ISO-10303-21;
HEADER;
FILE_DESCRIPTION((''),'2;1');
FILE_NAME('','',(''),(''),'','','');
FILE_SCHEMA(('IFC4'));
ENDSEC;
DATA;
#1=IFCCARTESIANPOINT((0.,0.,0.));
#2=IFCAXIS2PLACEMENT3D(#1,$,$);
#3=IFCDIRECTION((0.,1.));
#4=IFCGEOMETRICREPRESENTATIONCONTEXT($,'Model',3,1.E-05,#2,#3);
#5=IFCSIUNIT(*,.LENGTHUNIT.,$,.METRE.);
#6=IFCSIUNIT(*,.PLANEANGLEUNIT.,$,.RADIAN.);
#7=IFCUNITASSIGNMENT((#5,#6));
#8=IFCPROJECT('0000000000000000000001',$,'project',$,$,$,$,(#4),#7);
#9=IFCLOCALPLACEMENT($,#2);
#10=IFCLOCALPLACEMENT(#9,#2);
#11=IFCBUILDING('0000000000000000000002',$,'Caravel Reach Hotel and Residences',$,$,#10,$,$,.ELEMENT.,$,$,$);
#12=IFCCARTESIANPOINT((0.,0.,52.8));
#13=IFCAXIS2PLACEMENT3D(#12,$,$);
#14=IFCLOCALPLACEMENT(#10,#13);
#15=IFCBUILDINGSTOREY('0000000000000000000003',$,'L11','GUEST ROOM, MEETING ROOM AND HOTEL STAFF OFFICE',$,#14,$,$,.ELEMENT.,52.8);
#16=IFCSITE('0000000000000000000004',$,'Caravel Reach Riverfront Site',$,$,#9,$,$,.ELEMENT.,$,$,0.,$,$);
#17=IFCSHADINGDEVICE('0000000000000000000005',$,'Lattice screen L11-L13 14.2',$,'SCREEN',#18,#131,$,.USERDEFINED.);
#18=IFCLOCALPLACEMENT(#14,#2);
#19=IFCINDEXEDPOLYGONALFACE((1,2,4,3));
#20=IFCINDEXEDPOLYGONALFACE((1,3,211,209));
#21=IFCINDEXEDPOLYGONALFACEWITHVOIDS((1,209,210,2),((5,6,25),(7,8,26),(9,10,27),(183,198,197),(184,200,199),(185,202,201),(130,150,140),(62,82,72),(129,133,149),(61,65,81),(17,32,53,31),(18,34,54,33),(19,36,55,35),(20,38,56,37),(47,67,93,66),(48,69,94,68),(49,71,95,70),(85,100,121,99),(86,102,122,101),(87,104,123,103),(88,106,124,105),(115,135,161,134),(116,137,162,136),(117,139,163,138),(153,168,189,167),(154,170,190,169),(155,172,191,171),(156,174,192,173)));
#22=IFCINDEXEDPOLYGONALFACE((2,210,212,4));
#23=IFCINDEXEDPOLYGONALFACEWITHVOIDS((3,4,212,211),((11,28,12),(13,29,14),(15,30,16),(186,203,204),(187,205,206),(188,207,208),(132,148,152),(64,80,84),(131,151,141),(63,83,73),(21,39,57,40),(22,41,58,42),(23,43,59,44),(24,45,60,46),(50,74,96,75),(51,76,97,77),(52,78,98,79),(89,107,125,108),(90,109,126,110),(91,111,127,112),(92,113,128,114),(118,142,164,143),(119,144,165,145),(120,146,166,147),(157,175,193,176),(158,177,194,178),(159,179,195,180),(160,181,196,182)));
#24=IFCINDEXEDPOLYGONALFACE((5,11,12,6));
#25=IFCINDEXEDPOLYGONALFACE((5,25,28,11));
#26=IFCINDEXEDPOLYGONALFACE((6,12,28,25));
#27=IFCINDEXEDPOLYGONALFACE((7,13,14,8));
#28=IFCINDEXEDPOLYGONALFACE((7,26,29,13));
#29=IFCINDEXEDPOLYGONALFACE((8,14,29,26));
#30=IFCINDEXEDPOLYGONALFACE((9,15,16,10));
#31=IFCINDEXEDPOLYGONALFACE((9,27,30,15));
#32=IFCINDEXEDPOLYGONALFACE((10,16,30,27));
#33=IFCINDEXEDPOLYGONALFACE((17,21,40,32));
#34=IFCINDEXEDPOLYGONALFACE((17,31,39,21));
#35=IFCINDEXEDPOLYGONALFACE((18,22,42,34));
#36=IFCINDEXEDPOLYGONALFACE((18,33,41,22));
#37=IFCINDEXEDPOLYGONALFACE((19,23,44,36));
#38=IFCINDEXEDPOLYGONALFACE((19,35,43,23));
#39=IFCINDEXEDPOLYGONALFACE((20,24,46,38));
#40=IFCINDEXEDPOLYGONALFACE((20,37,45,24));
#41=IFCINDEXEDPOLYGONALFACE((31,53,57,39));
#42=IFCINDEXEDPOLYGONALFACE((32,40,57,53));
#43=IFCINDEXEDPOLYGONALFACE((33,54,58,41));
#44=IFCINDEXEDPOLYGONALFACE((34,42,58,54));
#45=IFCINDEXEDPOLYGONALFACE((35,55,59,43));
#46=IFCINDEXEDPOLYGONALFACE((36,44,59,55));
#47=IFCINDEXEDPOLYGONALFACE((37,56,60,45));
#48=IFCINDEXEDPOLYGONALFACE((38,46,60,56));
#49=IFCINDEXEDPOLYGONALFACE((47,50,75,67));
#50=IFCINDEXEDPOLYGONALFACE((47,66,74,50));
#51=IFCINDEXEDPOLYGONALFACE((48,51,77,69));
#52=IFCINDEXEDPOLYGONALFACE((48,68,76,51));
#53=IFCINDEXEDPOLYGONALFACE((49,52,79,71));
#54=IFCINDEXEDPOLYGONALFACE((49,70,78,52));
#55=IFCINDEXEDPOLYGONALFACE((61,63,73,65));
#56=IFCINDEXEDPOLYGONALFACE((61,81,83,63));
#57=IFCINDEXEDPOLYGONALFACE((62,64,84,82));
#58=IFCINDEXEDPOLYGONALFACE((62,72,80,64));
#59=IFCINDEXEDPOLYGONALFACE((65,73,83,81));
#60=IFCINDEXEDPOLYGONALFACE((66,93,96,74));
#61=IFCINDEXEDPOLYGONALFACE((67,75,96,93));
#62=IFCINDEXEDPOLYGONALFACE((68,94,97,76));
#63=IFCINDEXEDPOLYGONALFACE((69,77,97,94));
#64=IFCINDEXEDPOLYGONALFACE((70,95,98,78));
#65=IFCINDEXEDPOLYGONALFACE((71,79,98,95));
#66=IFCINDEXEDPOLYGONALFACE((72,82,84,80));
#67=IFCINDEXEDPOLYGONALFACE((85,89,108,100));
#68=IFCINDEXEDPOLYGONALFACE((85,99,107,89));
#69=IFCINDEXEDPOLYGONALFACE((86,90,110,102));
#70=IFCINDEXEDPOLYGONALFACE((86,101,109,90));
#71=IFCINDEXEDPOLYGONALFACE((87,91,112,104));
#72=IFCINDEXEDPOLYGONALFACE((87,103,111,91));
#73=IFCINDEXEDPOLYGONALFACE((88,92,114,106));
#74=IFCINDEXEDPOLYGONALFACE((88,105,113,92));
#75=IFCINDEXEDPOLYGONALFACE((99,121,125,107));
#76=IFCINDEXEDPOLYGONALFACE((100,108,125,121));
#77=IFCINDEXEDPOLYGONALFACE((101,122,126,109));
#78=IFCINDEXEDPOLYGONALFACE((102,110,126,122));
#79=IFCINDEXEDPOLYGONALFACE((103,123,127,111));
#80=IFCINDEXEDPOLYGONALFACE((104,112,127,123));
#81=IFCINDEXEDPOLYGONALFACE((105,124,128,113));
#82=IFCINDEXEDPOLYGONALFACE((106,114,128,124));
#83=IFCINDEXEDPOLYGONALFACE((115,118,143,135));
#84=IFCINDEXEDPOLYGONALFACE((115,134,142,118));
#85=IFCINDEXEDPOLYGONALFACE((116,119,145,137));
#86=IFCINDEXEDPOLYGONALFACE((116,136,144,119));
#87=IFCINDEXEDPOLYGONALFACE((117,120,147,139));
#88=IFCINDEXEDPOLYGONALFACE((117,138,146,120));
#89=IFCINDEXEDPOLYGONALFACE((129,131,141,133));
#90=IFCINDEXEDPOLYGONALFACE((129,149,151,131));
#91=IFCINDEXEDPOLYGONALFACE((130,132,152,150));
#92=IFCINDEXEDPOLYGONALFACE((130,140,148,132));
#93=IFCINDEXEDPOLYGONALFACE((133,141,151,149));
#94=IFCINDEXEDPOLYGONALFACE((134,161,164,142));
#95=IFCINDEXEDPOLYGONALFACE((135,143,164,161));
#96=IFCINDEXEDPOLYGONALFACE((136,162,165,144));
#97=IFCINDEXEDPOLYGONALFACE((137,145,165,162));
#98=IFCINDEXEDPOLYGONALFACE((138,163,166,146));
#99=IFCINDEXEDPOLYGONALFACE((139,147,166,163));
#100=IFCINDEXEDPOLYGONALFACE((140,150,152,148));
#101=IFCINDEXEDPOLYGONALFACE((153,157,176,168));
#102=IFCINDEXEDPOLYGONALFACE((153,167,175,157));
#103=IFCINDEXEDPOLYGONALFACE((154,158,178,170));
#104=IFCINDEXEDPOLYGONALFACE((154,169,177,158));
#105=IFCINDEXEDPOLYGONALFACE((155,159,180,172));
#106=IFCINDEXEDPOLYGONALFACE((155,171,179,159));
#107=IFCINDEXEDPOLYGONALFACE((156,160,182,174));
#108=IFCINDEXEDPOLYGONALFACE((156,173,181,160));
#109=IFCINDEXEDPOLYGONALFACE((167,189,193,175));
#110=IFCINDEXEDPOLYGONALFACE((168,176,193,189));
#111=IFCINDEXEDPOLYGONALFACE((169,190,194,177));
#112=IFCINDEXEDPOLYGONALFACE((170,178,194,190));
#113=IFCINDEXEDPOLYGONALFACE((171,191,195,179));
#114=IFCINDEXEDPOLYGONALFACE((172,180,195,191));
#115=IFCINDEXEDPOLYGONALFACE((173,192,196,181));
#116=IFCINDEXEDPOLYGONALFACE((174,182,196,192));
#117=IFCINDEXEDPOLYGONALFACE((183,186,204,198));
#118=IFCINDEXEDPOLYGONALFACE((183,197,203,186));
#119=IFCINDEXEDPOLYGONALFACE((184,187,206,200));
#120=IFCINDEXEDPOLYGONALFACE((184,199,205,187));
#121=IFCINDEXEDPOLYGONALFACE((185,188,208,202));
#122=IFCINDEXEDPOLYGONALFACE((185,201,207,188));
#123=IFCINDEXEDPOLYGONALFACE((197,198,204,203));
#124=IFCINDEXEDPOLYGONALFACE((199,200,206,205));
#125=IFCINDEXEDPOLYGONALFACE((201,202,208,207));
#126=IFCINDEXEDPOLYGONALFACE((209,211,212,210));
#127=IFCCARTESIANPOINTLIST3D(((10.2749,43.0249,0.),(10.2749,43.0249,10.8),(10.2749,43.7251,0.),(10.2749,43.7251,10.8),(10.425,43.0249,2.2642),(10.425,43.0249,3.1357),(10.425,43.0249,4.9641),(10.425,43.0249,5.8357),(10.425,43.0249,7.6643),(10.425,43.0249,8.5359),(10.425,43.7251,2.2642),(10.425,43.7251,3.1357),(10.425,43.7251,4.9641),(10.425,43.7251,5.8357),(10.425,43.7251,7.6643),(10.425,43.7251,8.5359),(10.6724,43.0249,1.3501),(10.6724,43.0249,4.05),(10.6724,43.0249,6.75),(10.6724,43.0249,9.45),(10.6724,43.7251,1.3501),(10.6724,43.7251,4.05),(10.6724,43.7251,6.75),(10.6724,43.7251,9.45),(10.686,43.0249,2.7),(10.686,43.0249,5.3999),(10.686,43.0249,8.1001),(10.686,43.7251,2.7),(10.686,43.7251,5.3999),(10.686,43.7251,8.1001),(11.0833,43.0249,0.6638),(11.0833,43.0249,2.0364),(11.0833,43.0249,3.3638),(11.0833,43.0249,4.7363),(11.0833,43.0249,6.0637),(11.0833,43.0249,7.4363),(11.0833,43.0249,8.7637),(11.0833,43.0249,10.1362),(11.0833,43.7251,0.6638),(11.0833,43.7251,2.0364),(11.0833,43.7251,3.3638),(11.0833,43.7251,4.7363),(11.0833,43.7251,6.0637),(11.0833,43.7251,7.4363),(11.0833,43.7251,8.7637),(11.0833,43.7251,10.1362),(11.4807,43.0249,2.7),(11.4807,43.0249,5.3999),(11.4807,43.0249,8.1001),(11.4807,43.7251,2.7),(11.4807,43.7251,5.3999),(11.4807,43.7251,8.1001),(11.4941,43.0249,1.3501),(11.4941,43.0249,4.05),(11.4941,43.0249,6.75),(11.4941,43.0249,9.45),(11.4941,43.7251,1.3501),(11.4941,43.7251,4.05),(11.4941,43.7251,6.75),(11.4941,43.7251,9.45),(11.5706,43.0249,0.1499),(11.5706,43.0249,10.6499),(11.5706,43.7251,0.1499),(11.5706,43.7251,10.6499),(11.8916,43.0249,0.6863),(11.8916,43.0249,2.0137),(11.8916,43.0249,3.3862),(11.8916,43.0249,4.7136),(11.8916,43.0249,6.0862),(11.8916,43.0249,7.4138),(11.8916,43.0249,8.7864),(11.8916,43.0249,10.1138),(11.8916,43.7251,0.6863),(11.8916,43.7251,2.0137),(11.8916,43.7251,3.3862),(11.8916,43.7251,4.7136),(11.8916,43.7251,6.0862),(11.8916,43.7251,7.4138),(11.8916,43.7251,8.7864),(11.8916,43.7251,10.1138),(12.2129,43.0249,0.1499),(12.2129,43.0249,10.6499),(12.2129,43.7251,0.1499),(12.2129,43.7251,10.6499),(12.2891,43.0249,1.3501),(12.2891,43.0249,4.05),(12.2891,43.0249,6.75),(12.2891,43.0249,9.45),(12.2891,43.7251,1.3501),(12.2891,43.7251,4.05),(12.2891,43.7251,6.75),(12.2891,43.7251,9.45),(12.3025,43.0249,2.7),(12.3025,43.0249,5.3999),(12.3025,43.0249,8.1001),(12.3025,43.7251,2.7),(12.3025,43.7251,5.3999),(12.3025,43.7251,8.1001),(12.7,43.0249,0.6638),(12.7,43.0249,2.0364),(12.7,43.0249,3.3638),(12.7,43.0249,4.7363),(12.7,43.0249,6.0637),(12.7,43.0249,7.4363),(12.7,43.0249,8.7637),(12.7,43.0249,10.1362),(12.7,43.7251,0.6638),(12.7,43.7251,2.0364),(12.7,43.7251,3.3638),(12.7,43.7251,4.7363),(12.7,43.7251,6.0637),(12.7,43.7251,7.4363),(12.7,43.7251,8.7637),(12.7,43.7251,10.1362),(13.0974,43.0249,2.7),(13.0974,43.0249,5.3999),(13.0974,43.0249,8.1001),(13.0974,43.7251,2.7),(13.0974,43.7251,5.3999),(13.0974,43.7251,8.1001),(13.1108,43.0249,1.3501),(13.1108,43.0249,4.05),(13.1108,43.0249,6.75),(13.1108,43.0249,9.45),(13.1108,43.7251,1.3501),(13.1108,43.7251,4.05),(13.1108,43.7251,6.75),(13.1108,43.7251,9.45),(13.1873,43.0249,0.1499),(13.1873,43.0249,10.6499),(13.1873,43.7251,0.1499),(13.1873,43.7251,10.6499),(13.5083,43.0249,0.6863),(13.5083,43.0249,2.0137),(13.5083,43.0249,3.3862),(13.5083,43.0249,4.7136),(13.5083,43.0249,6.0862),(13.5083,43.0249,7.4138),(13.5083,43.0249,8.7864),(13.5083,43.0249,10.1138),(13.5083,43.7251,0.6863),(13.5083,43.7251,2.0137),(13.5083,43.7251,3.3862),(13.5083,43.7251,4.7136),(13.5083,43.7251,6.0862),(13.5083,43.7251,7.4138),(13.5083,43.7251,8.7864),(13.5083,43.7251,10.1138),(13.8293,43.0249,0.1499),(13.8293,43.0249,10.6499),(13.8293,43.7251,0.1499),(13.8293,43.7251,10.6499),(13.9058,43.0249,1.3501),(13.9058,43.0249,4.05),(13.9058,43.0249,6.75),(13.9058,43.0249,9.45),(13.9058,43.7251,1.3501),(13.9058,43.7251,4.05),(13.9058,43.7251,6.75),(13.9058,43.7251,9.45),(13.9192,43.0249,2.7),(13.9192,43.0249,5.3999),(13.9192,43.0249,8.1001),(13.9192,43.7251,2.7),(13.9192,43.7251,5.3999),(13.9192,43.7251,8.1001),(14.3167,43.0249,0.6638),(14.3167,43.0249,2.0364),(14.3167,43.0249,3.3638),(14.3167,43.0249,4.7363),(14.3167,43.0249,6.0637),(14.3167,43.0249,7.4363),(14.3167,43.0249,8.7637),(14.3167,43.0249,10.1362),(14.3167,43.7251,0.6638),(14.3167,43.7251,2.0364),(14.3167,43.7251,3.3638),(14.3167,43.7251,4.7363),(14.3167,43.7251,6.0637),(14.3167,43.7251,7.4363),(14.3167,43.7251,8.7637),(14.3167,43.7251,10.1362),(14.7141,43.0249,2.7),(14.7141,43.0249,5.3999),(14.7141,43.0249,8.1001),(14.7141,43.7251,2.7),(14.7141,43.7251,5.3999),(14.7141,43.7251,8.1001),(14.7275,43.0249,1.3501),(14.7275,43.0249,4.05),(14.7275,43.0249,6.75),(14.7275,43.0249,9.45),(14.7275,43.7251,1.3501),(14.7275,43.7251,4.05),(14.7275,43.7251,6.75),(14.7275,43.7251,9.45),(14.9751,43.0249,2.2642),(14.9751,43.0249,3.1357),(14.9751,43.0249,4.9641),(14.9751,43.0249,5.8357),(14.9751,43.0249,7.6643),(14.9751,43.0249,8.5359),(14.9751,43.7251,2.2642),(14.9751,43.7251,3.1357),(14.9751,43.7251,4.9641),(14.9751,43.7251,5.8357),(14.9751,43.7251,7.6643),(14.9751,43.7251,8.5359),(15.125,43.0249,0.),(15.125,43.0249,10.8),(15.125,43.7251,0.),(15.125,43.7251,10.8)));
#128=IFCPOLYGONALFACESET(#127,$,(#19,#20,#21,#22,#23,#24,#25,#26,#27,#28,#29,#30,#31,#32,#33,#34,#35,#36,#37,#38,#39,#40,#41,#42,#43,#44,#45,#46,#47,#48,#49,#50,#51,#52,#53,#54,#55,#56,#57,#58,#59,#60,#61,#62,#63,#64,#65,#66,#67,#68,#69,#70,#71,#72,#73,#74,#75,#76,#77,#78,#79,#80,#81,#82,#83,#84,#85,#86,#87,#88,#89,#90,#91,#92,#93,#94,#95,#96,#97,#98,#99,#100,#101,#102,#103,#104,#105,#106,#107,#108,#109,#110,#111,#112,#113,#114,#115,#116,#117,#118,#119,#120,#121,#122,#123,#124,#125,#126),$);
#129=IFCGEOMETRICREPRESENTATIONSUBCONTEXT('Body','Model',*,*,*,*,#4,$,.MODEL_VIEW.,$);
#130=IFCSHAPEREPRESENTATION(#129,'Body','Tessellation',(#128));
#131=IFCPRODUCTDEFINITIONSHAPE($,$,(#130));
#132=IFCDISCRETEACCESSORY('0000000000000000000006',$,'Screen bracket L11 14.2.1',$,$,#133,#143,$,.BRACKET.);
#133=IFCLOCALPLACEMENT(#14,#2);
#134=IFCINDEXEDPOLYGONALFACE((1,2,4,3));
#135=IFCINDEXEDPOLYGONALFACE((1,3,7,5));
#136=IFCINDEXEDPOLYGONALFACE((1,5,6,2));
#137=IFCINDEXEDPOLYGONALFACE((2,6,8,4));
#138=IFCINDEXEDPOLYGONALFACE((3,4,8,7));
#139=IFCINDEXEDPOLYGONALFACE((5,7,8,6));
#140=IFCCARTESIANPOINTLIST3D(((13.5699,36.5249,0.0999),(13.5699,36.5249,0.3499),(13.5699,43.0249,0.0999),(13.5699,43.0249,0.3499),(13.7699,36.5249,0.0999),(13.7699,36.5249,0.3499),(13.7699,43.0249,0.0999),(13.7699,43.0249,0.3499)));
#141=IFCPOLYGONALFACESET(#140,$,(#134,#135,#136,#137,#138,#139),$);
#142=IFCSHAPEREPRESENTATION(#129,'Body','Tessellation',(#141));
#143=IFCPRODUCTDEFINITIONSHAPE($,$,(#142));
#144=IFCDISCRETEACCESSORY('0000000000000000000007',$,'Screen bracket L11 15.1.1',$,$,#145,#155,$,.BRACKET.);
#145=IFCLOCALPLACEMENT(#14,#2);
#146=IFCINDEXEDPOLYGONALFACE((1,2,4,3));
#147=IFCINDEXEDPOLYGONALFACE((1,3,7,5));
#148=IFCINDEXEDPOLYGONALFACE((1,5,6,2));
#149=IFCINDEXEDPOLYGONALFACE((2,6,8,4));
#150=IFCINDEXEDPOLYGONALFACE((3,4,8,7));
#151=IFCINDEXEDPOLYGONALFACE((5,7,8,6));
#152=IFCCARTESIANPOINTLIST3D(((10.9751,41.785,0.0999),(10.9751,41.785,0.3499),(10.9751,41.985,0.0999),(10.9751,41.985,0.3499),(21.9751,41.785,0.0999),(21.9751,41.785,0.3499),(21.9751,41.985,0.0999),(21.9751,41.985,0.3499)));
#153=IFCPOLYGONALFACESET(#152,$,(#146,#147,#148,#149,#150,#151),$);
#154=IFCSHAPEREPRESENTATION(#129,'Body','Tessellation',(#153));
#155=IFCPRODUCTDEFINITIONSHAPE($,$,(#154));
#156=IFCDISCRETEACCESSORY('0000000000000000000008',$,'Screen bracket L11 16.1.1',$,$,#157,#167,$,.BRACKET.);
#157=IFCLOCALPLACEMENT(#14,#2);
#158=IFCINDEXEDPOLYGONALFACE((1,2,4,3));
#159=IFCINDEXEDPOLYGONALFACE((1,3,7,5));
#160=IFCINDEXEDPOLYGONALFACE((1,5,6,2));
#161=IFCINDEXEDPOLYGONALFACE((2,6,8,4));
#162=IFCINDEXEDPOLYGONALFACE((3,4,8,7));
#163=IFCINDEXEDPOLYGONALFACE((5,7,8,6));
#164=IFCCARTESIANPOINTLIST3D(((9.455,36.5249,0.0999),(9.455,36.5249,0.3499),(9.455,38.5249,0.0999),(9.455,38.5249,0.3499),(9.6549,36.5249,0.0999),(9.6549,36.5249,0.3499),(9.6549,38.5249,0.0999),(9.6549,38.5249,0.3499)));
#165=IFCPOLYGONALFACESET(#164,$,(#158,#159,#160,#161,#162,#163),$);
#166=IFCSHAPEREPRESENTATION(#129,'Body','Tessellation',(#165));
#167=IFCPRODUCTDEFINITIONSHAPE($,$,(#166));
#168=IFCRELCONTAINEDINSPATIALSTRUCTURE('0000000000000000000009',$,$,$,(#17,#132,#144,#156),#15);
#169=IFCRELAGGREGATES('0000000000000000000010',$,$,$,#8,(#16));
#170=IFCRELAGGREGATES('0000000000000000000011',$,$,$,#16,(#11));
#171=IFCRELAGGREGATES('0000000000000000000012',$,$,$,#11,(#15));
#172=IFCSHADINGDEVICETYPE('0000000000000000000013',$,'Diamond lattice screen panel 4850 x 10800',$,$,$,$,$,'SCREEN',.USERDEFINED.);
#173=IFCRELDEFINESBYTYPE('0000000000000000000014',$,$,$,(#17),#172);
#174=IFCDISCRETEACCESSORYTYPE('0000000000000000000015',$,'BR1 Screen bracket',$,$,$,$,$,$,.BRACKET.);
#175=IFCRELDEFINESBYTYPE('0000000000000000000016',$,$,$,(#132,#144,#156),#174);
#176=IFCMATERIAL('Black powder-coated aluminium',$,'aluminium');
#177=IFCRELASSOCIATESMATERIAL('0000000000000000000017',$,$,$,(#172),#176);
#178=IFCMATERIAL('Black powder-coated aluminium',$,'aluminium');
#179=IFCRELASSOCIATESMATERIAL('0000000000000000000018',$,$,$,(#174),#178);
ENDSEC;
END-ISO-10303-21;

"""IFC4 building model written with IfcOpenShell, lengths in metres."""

from ifc_helpers import new_model, si_unit, direction, frame, origin, origin_2d, place, context, subcontext, project, spatial, polyline, rectangle, outline, extrude, material, type_object, element, save


model = new_model("IFC4")

# Units and contexts
model_context = context("Model", 3, precision=1e-05, world=origin(), true_north=direction((0.0, 1.0)))
body_context = subcontext(model_context, "Body", "Model", "MODEL_VIEW")
ifc_project = project(units=[si_unit("LENGTHUNIT", "METRE"), si_unit("PLANEANGLEUNIT", "RADIAN")], contexts=[model_context])

# Site, building, storey
site_placement = place(None, origin())
site = spatial("IfcSite", under=ifc_project, at=site_placement, Name="Caravel Reach Riverfront Site", CompositionType="ELEMENT", RefElevation=0.0)
building_placement = place(site_placement, origin())
building = spatial("IfcBuilding", under=site, at=building_placement, Name="Caravel Reach Hotel and Residences", CompositionType="ELEMENT")
storey_placement = place(building_placement, frame((0.0, 0.0, 52.8)))
storey = spatial("IfcBuildingStorey", under=building, at=storey_placement, Name="L11", Description="GUEST ROOM, MEETING ROOM AND HOTEL STAFF OFFICE", CompositionType="ELEMENT", Elevation=52.8)

# Shading device
ifc_material_1 = material(Name="Black powder-coated aluminium", Category="aluminium")
shading_device_type_1 = type_object("IfcShadingDeviceType", Name="Diamond lattice screen panel 4850 x 10800", ElementType="SCREEN", PredefinedType="USERDEFINED", material=ifc_material_1)
shading_device_1_placement = place(storey_placement, frame((15.125, 43.0249, 0.0), z_axis=(0.0, 1.0, 0.0), x_axis=(-1.0, 0.0, 0.0)))
element("IfcShadingDevice", 1, at=shading_device_1_placement, inside=storey, type_object=shading_device_type_1, Name="Lattice screen L11-L13 14.2", ObjectType="SCREEN", PredefinedType="USERDEFINED", context=body_context, shape_type="SweptSolid", body=[
    extrude(outline(polyline([(0.0, 0.0), (4.8501, 0.0), (4.8501, 10.8), (0.0, 10.8), (0.0, 0.0)]), holes=[polyline([(0.4109, 2.7), (0.1499, 3.1357), (0.1499, 2.2642), (0.4109, 2.7)]), polyline([(0.4109, 5.3999), (0.1499, 5.8357), (0.1499, 4.9641), (0.4109, 5.3999)]), polyline([(0.4109, 8.1001), (0.1499, 8.5359), (0.1499, 7.6643), (0.4109, 8.1001)]), polyline([(0.8083, 2.0364), (0.3975, 1.3501), (0.8083, 0.6638), (1.2192, 1.3501), (0.8083, 2.0364)]), polyline([(0.8083, 4.7363), (0.3975, 4.05), (0.8083, 3.3638), (1.2192, 4.05), (0.8083, 4.7363)]), polyline([(0.8083, 7.4363), (0.3975, 6.75), (0.8083, 6.0637), (1.2192, 6.75), (0.8083, 7.4363)]), polyline([(0.8083, 10.1362), (0.3975, 9.45), (0.8083, 8.7637), (1.2192, 9.45), (0.8083, 10.1362)]), polyline([(1.6167, 0.6863), (1.2957, 0.1499), (1.9377, 0.1499), (1.6167, 0.6863)]), polyline([(1.6167, 3.3862), (1.2058, 2.7), (1.6167, 2.0137), (2.0276, 2.7), (1.6167, 3.3862)]), polyline([(1.6167, 6.0862), (1.2058, 5.3999), (1.6167, 4.7136), (2.0276, 5.3999), (1.6167, 6.0862)]), polyline([(1.6167, 8.7864), (1.2058, 8.1001), (1.6167, 7.4138), (2.0276, 8.1001), (1.6167, 8.7864)]), polyline([(1.6167, 10.1138), (1.9377, 10.6499), (1.2957, 10.6499), (1.6167, 10.1138)]), polyline([(2.425, 2.0364), (2.0142, 1.3501), (2.425, 0.6638), (2.8359, 1.3501), (2.425, 2.0364)]), polyline([(2.425, 4.7363), (2.0142, 4.05), (2.425, 3.3638), (2.8359, 4.05), (2.425, 4.7363)]), polyline([(2.425, 7.4363), (2.0142, 6.75), (2.425, 6.0637), (2.8359, 6.75), (2.425, 7.4363)]), polyline([(2.425, 10.1362), (2.0142, 9.45), (2.425, 8.7637), (2.8359, 9.45), (2.425, 10.1362)]), polyline([(3.2334, 0.6863), (2.9121, 0.1499), (3.5544, 0.1499), (3.2334, 0.6863)]), polyline([(3.2334, 3.3862), (2.8225, 2.7), (3.2334, 2.0137), (3.6443, 2.7), (3.2334, 3.3862)]), polyline([(3.2334, 6.0862), (2.8225, 5.3999), (3.2334, 4.7136), (3.6443, 5.3999), (3.2334, 6.0862)]), polyline([(3.2334, 8.7864), (2.8225, 8.1001), (3.2334, 7.4138), (3.6443, 8.1001), (3.2334, 8.7864)]), polyline([(3.2334, 10.1138), (3.5544, 10.6499), (2.9121, 10.6499), (3.2334, 10.1138)]), polyline([(4.0417, 2.0364), (3.6309, 1.3501), (4.0417, 0.6638), (4.4526, 1.3501), (4.0417, 2.0364)]), polyline([(4.0417, 4.7363), (3.6309, 4.05), (4.0417, 3.3638), (4.4526, 4.05), (4.0417, 4.7363)]), polyline([(4.0417, 7.4363), (3.6309, 6.75), (4.0417, 6.0637), (4.4526, 6.75), (4.0417, 7.4363)]), polyline([(4.0417, 10.1362), (3.6309, 9.45), (4.0417, 8.7637), (4.4526, 9.45), (4.0417, 10.1362)]), polyline([(4.439, 2.7), (4.7, 2.2642), (4.7, 3.1357), (4.439, 2.7)]), polyline([(4.439, 5.3999), (4.7, 4.9641), (4.7, 5.8357), (4.439, 5.3999)]), polyline([(4.439, 8.1001), (4.7, 7.6643), (4.7, 8.5359), (4.439, 8.1001)])]), origin(), (0.0, 0.0, 1.0), 0.7002),
])

# Discrete accessories
ifc_material_2 = material(Name="Black powder-coated aluminium", Category="aluminium")
discrete_accessory_type = type_object("IfcDiscreteAccessoryType", Name="BR1 Screen bracket", PredefinedType="BRACKET", material=ifc_material_2)
discrete_accessory_1_placement = place(storey_placement, frame((13.6699, 39.7749, 0.0999), z_axis=(0.0, 0.0, 1.0), x_axis=(0.0, 1.0, 0.0)))
element("IfcDiscreteAccessory", 2, at=discrete_accessory_1_placement, inside=storey, type_object=discrete_accessory_type, Name="Screen bracket L11 14.2.1", PredefinedType="BRACKET", context=body_context, shape_type="SweptSolid", body=[
    extrude(rectangle(XDim=6.5, YDim=0.2, at=origin_2d()), origin(), (0.0, 0.0, 1.0), 0.25),
])
discrete_accessory_2_placement = place(storey_placement, frame((16.4751, 41.885, 0.0999), z_axis=(0.0, 0.0, 1.0), x_axis=(-1.0, 0.0, 0.0)))
element("IfcDiscreteAccessory", 3, at=discrete_accessory_2_placement, inside=storey, type_object=discrete_accessory_type, Name="Screen bracket L11 15.1.1", PredefinedType="BRACKET", context=body_context, shape_type="SweptSolid", body=[
    extrude(rectangle(XDim=11.0, YDim=0.2, at=origin_2d()), origin(), (0.0, 0.0, 1.0), 0.25),
])
discrete_accessory_3_placement = place(storey_placement, frame((9.5549, 37.5249, 0.0999), z_axis=(0.0, 0.0, 1.0), x_axis=(0.0, 1.0, 0.0)))
element("IfcDiscreteAccessory", 4, at=discrete_accessory_3_placement, inside=storey, type_object=discrete_accessory_type, Name="Screen bracket L11 16.1.1", PredefinedType="BRACKET", context=body_context, shape_type="SweptSolid", body=[
    extrude(rectangle(XDim=2.0, YDim=0.2, at=origin_2d()), origin(), (0.0, 0.0, 1.0), 0.25),
])

save(model, "model.ifc")
